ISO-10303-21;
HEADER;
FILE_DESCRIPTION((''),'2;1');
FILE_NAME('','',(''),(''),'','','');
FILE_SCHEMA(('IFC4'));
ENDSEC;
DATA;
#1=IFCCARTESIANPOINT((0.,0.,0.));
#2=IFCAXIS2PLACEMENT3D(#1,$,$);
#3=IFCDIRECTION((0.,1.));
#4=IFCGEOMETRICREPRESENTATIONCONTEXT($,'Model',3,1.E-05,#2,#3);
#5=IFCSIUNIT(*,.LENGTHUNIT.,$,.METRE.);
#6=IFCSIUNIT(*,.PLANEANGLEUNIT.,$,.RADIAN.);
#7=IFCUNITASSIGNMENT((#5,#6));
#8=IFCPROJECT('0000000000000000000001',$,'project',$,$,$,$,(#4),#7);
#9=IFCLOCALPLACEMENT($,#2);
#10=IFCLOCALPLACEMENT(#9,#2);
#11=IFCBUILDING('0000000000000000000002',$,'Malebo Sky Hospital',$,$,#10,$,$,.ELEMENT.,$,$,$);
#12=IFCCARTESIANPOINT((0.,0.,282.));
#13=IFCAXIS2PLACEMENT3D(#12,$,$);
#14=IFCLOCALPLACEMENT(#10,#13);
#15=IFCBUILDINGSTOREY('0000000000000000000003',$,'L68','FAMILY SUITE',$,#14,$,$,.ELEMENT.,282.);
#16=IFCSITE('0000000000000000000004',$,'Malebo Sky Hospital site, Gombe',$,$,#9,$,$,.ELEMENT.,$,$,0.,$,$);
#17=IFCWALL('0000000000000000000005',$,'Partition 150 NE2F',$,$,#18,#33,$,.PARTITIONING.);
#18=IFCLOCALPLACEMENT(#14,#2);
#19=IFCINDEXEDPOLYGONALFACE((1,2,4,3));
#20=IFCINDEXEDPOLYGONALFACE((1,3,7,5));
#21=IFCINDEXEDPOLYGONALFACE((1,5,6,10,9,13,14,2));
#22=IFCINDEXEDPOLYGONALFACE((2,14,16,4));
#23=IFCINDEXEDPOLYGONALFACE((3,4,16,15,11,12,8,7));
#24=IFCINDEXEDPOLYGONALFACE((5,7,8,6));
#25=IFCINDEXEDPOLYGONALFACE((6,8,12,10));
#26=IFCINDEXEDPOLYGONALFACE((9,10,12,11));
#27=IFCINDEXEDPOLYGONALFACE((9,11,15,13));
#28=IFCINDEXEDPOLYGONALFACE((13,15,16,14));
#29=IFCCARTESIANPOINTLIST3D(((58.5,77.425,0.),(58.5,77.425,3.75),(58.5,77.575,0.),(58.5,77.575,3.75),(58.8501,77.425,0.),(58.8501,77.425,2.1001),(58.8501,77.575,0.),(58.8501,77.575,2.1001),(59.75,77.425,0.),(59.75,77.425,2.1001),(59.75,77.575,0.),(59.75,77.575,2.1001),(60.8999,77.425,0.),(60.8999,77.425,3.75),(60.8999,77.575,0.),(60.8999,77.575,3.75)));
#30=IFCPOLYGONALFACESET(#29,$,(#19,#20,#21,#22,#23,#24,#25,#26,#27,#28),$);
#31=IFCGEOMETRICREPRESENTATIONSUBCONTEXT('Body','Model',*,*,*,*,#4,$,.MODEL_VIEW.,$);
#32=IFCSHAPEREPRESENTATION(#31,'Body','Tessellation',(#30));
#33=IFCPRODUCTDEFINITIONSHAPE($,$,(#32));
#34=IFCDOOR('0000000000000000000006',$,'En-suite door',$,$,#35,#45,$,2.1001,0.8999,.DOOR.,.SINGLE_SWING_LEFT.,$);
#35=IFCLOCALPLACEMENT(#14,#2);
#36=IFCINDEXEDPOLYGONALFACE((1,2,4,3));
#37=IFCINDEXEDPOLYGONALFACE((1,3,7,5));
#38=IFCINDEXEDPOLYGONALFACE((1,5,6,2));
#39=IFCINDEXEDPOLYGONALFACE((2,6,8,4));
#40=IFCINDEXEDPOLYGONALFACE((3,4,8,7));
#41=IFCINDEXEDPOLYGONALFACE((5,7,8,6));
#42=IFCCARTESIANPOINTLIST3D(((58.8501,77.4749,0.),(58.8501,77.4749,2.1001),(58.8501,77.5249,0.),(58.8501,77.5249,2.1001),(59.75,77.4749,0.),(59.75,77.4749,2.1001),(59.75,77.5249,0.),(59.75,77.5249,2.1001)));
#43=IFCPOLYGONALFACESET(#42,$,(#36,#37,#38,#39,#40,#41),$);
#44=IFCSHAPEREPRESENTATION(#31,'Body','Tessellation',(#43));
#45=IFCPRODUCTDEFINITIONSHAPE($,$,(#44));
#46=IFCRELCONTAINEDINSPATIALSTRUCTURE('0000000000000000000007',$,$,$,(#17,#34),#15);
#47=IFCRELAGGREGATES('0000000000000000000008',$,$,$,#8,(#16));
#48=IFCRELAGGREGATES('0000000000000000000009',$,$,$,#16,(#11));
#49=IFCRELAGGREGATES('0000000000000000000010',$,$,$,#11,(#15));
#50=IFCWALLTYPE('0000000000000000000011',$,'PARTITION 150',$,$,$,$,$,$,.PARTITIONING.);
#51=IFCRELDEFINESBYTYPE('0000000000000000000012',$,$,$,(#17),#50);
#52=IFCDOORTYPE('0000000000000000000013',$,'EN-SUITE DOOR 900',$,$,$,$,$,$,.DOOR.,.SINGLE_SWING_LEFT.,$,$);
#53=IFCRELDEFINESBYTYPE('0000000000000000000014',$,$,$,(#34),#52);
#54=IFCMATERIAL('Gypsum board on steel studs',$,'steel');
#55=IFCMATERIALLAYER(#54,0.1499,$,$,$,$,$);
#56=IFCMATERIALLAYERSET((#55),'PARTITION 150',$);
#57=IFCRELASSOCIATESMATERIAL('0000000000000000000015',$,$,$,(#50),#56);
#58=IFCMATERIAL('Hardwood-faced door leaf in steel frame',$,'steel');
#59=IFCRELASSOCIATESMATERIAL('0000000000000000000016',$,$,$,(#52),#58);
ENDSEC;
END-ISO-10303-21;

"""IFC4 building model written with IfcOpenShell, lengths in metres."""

from ifc_helpers import new_model, si_unit, direction, frame, frame_2d, origin, place, context, subcontext, project, spatial, rectangle, extrude, material, layer, layer_set, type_object, element, fill, save


model = new_model("IFC4")

# Units and contexts
model_context = context("Model", 3, precision=1e-05, world=origin(), true_north=direction((0.0, 1.0)))
body_context = subcontext(model_context, "Body", "Model", "MODEL_VIEW")
ifc_project = project(units=[si_unit("LENGTHUNIT", "METRE"), si_unit("PLANEANGLEUNIT", "RADIAN")], contexts=[model_context])

# Site, building, storey
site_placement = place(None, origin())
site = spatial("IfcSite", under=ifc_project, at=site_placement, Name="Malebo Sky Hospital site, Gombe", CompositionType="ELEMENT", RefElevation=0.0)
building_placement = place(site_placement, origin())
building = spatial("IfcBuilding", under=site, at=building_placement, Name="Malebo Sky Hospital", CompositionType="ELEMENT")
storey_placement = place(building_placement, frame((0.0, 0.0, 282.0)))
storey = spatial("IfcBuildingStorey", under=building, at=storey_placement, Name="L68", Description="FAMILY SUITE", CompositionType="ELEMENT", Elevation=282.0)

# Wall, opening, door
ifc_material_1 = material(Name="Gypsum board on steel studs", Category="steel")
ifc_layer_1 = layer(ifc_material_1, 0.1499)
ifc_layer_set_1 = layer_set([ifc_layer_1], Name="PARTITION 150")
wall_type = type_object("IfcWallType", Name="PARTITION 150", PredefinedType="PARTITIONING", material=ifc_layer_set_1)
wall_placement = place(storey_placement, frame((58.5, 77.5, 0.0), z_axis=(0.0, 0.0, 1.0), x_axis=(1.0, 0.0, 0.0)))
wall = element("IfcWall", 1, at=wall_placement, inside=storey, type_object=wall_type, Name="Partition 150 NE2F", PredefinedType="PARTITIONING", context=body_context, shape_type="SweptSolid", body=[
    extrude(rectangle(XDim=2.3999, YDim=0.1499, at=frame_2d((1.2, 0.0))), origin(), (0.0, 0.0, 1.0), 3.75),
])
opening_placement = place(wall_placement, frame((0.3501, 0.0, 0.0)))
opening = element("IfcOpeningElement", 2, at=opening_placement, cuts=wall, PredefinedType="OPENING", context=body_context, shape_type="SweptSolid", body=[
    extrude(rectangle(XDim=0.8999, YDim=2.1001, at=frame_2d((0.45, 1.05))), frame((0.0, 0.085, 0.0), z_axis=(0.0, -1.0, 0.0), x_axis=(1.0, 0.0, 0.0)), (0.0, 0.0, 1.0), 0.1699),
])
ifc_material_2 = material(Name="Hardwood-faced door leaf in steel frame", Category="steel")
door_type = type_object("IfcDoorType", Name="EN-SUITE DOOR 900", OperationType="SINGLE_SWING_LEFT", PredefinedType="DOOR", material=ifc_material_2)
door_placement = place(opening_placement, origin())
door = element("IfcDoor", 3, at=door_placement, inside=storey, type_object=door_type, Name="En-suite door", OperationType="SINGLE_SWING_LEFT", OverallHeight=2.1001, OverallWidth=0.8999, PredefinedType="DOOR", context=body_context, shape_type="SweptSolid", body=[
    extrude(rectangle(XDim=0.8999, YDim=2.1001, at=frame_2d((0.45, 1.05))), frame((0.0, 0.0249, 0.0), z_axis=(0.0, -1.0, 0.0), x_axis=(1.0, 0.0, 0.0)), (0.0, 0.0, 1.0), 0.05),
])
fill(opening, door)

save(model, "model.ifc")
